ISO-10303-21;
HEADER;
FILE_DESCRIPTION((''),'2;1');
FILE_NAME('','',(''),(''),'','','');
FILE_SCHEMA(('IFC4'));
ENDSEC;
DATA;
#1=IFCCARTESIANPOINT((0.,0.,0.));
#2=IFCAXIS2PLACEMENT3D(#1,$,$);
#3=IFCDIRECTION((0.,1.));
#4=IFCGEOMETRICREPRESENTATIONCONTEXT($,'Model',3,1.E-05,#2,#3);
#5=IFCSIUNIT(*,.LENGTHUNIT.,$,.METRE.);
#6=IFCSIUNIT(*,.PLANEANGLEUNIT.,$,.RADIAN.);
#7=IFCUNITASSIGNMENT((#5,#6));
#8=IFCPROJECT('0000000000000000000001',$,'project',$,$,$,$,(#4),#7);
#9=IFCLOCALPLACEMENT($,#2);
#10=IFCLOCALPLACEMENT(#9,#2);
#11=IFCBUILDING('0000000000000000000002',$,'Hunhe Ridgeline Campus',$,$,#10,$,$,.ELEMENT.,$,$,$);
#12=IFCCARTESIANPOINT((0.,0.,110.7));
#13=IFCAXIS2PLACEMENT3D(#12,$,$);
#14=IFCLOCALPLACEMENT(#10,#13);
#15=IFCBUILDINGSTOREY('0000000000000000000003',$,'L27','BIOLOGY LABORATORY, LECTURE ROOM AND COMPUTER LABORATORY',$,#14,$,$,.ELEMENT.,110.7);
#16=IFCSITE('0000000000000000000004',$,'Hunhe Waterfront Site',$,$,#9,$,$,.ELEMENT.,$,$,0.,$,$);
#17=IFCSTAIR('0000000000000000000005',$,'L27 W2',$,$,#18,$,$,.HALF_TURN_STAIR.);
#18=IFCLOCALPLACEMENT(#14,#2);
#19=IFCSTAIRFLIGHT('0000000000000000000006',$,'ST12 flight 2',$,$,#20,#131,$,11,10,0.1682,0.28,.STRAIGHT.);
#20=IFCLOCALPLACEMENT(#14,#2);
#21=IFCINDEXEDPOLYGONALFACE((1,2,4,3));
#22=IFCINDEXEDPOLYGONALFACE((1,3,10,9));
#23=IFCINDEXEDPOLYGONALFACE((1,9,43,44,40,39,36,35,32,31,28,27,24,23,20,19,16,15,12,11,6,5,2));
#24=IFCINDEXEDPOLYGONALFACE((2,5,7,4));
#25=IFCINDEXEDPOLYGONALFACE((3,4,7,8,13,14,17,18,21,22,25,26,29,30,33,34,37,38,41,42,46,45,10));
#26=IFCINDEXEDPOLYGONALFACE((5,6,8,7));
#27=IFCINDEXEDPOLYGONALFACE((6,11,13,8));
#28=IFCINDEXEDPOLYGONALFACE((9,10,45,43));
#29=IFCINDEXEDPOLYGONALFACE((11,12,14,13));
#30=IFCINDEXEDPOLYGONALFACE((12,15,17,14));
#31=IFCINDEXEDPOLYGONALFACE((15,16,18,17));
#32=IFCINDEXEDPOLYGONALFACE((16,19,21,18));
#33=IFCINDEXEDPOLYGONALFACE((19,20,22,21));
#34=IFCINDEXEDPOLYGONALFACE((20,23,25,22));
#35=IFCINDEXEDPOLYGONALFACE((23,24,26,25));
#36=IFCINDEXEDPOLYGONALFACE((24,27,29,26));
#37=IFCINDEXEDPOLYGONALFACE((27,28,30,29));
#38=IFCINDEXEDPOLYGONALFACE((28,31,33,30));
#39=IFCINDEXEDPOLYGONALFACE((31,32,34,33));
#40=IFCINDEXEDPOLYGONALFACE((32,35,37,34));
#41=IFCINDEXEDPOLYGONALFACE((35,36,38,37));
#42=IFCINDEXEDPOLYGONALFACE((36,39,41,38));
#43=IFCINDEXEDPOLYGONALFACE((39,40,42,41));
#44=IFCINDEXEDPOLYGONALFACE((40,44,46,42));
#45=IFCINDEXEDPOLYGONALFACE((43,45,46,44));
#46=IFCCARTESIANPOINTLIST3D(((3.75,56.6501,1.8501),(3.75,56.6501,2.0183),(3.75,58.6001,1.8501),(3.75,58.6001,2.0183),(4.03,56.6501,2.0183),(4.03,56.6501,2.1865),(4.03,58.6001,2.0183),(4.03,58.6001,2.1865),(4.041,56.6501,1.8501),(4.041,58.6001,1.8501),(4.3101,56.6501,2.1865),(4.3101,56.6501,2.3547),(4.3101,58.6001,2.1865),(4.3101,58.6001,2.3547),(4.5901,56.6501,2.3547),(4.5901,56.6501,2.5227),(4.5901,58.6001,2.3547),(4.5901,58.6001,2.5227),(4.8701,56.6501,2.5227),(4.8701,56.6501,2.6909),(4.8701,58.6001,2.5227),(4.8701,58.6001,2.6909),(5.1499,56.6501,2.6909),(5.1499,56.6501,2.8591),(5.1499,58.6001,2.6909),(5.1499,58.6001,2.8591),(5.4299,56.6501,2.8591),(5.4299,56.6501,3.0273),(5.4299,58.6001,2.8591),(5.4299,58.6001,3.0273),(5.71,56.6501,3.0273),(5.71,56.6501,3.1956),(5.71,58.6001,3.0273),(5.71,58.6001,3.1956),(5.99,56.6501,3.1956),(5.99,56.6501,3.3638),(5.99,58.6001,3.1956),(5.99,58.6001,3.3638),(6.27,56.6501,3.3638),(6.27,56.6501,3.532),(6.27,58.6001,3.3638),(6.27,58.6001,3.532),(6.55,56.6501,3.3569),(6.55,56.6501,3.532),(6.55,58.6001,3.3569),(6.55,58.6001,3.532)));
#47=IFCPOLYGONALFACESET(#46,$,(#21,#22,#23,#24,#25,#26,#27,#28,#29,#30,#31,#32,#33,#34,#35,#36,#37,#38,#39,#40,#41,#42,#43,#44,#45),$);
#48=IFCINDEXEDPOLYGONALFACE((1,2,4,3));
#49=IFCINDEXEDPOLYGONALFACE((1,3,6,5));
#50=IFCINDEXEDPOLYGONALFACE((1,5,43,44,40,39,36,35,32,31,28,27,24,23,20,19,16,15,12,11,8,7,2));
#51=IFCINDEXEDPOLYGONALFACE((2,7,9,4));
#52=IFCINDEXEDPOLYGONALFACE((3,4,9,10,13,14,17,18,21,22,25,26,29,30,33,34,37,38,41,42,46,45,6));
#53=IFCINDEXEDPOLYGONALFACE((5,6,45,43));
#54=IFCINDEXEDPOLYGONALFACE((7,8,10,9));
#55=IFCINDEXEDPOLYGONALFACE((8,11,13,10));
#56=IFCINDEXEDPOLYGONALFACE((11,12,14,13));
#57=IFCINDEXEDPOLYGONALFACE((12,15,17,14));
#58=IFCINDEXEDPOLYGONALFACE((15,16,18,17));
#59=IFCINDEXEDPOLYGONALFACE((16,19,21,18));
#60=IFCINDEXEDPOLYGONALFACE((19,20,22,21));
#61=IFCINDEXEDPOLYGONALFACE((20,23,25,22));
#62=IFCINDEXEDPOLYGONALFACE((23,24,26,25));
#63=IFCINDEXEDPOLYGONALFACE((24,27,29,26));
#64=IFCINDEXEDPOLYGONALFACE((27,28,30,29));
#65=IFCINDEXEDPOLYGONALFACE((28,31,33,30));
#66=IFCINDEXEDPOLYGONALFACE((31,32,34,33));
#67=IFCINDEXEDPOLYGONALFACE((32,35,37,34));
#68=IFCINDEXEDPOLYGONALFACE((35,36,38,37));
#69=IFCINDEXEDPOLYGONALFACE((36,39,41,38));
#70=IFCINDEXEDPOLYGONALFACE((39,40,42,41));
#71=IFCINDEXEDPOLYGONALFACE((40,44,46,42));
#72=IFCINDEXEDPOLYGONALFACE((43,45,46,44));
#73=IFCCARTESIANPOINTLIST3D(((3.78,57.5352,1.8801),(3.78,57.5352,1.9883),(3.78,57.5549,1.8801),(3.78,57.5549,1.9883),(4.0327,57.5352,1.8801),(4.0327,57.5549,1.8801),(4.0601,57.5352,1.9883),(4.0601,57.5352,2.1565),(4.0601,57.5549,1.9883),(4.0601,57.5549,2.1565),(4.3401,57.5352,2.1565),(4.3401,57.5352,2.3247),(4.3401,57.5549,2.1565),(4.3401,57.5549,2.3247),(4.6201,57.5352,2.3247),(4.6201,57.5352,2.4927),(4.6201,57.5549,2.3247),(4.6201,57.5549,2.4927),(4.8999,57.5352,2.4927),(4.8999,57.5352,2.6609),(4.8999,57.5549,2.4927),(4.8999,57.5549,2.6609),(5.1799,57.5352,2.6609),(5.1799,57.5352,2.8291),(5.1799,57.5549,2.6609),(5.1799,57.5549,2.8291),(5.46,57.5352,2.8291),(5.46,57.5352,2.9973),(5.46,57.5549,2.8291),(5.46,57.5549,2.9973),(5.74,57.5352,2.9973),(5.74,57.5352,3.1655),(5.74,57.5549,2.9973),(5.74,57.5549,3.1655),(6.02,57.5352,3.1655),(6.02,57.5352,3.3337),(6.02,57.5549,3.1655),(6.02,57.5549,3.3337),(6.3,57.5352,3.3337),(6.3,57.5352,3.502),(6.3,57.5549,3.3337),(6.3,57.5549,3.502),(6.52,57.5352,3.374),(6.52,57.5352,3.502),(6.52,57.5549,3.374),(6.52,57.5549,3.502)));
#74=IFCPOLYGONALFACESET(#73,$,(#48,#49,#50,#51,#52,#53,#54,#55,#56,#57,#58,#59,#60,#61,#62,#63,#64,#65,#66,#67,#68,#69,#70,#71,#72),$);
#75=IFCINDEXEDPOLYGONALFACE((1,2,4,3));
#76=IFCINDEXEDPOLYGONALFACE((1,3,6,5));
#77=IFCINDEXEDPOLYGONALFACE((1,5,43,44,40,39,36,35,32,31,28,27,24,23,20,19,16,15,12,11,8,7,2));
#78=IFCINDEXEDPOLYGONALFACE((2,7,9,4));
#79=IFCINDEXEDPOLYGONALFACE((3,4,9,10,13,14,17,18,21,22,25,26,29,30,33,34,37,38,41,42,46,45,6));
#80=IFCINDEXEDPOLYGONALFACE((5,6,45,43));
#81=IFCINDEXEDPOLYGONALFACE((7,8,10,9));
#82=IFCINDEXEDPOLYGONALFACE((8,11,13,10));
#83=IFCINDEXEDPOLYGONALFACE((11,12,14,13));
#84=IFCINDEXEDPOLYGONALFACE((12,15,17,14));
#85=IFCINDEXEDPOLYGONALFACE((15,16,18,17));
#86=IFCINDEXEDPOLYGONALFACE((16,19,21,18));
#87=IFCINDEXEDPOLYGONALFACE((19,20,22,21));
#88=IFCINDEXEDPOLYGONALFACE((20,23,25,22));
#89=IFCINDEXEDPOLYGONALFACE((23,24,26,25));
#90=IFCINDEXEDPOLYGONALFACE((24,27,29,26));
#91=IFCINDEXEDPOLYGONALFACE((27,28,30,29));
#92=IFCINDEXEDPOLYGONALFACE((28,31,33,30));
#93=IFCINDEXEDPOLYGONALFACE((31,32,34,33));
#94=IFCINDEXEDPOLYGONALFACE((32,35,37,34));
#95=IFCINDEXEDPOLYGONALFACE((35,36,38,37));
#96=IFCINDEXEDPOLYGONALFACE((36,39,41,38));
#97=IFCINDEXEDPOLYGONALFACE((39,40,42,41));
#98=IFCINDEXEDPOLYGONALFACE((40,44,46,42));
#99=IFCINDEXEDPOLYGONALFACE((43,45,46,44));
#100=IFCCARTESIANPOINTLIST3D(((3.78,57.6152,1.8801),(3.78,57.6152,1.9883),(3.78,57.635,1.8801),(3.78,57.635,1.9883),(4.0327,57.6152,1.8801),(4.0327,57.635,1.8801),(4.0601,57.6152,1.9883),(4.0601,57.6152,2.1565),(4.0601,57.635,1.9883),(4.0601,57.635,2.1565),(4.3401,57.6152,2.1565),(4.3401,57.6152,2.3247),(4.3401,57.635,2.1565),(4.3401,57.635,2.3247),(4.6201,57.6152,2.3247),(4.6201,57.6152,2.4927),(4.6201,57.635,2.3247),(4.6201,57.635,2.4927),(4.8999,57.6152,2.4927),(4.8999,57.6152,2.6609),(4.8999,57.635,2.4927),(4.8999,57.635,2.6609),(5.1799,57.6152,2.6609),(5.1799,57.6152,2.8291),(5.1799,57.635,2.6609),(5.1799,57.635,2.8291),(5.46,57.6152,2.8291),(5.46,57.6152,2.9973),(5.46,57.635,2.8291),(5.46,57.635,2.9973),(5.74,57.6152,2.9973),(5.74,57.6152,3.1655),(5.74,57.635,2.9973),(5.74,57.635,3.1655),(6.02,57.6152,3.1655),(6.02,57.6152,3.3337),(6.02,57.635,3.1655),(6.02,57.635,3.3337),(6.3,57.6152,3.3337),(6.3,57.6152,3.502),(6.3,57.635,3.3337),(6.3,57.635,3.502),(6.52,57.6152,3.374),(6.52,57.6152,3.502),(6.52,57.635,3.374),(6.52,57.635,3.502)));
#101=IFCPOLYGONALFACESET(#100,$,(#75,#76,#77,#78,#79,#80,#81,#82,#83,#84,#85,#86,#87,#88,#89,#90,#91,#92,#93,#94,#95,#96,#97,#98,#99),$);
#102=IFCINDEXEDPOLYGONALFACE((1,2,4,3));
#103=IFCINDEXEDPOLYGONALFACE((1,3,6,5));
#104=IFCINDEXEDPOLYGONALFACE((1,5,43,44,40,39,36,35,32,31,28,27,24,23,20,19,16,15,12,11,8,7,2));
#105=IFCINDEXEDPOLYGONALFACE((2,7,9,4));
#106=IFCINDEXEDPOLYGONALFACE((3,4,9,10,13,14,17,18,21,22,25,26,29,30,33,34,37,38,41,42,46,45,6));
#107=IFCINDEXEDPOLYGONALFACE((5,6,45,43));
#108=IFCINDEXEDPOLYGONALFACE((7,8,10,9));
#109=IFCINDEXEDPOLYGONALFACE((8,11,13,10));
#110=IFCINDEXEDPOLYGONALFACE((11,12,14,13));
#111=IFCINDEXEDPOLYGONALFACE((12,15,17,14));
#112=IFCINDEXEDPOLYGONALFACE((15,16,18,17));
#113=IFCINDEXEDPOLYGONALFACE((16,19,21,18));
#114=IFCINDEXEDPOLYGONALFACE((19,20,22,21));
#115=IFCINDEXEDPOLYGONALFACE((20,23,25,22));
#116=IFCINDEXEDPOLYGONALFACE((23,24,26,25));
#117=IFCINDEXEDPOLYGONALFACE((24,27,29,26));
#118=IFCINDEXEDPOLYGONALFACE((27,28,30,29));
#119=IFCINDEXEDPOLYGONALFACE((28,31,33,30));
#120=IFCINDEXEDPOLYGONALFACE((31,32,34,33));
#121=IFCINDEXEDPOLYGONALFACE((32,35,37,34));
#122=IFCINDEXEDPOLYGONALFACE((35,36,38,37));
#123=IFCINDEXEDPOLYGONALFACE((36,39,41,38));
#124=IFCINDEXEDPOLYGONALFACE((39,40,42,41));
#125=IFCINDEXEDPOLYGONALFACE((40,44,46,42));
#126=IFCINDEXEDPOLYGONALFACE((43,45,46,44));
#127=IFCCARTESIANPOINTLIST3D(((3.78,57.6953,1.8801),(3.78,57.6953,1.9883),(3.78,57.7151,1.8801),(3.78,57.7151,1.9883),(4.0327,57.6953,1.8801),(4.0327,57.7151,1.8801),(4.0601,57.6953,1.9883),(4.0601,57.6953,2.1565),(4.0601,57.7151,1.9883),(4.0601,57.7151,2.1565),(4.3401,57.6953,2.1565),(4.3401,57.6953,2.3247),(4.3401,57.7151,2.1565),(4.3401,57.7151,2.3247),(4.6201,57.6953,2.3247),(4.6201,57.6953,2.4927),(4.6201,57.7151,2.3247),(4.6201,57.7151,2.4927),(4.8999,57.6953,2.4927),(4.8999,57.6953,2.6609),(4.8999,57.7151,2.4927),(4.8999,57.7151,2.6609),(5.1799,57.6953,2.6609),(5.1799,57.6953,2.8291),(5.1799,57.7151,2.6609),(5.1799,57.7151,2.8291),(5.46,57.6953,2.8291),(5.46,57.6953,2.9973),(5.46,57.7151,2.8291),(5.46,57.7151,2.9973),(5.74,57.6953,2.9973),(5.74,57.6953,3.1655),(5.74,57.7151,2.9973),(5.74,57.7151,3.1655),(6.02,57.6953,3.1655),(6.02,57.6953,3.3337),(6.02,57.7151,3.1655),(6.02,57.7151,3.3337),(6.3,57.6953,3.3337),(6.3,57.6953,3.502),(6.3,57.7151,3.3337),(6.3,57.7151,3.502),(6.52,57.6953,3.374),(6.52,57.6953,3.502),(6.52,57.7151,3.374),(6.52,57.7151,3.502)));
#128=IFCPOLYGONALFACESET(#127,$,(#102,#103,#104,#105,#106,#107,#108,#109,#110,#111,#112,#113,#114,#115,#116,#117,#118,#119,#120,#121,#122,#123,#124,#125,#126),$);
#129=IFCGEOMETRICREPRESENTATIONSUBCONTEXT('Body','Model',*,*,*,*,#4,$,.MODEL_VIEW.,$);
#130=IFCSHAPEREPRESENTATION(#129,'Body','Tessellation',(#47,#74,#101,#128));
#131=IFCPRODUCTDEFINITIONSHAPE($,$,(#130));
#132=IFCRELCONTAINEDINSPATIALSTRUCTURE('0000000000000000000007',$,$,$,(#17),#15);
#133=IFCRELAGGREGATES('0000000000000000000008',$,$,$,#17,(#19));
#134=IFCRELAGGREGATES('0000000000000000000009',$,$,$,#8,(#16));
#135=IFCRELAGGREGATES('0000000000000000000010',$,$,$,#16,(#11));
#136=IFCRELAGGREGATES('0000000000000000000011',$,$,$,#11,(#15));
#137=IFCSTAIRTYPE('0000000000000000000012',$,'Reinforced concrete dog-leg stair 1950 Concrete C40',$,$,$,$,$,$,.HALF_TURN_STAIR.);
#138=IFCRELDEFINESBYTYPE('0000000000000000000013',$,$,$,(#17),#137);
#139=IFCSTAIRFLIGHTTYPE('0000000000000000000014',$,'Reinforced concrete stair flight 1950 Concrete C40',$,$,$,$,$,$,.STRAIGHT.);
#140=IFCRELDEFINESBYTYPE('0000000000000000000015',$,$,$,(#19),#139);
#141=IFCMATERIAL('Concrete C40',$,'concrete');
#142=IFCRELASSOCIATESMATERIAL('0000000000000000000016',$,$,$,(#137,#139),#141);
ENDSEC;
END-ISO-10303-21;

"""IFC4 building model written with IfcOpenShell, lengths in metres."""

from ifc_helpers import new_model, si_unit, direction, frame, origin, place, context, subcontext, project, spatial, polyline, outline, extrude, material, type_object, element, aggregate, save


model = new_model("IFC4")

# Units and contexts
model_context = context("Model", 3, precision=1e-05, world=origin(), true_north=direction((0.0, 1.0)))
body_context = subcontext(model_context, "Body", "Model", "MODEL_VIEW")
ifc_project = project(units=[si_unit("LENGTHUNIT", "METRE"), si_unit("PLANEANGLEUNIT", "RADIAN")], contexts=[model_context])

# Site, building, storey
site_placement = place(None, origin())
site = spatial("IfcSite", under=ifc_project, at=site_placement, Name="Hunhe Waterfront Site", CompositionType="ELEMENT", RefElevation=0.0)
building_placement = place(site_placement, origin())
building = spatial("IfcBuilding", under=site, at=building_placement, Name="Hunhe Ridgeline Campus", CompositionType="ELEMENT")
storey_placement = place(building_placement, frame((0.0, 0.0, 110.7)))
storey = spatial("IfcBuildingStorey", under=building, at=storey_placement, Name="L27", Description="BIOLOGY LABORATORY, LECTURE ROOM AND COMPUTER LABORATORY", CompositionType="ELEMENT", Elevation=110.7)

# Shared definitions
ifc_material_1 = material(Name="Concrete C40", Category="concrete")
stair_type = type_object("IfcStairType", Name="Reinforced concrete dog-leg stair 1950 Concrete C40", PredefinedType="HALF_TURN_STAIR", material=ifc_material_1)
stair_flight_type = type_object("IfcStairFlightType", Name="Reinforced concrete stair flight 1950 Concrete C40", PredefinedType="STRAIGHT", material=ifc_material_1)

# Stair, stair flight
stair_1_placement = place(storey_placement, origin())
stair_1 = element("IfcStair", 1, at=stair_1_placement, inside=storey, type_object=stair_type, Name="L27 W2", PredefinedType="HALF_TURN_STAIR")
stair_flight_1_placement = place(storey_placement, frame((3.75, 57.625, 1.8501), z_axis=(0.0, 0.0, 1.0), x_axis=(1.0, 0.0, 0.0)))
stair_flight_1 = element("IfcStairFlight", 2, at=stair_flight_1_placement, type_object=stair_flight_type, Name="ST12 flight 2", NumberOfRisers=11, NumberOfTreads=10, PredefinedType="STRAIGHT", RiserHeight=0.1682, TreadLength=0.28, context=body_context, shape_type="SweptSolid", body=[
    extrude(outline(polyline([(0.0, 0.0), (0.0, 0.1682), (0.28, 0.1682), (0.28, 0.3364), (0.5601, 0.3364), (0.5601, 0.5046), (0.8401, 0.5046), (0.8401, 0.6726), (1.1201, 0.6726), (1.1201, 0.8408), (1.3999, 0.8408), (1.3999, 1.009), (1.6799, 1.009), (1.6799, 1.1772), (1.96, 1.1772), (1.96, 1.3455), (2.24, 1.3455), (2.24, 1.5137), (2.52, 1.5137), (2.52, 1.6819), (2.8, 1.6819), (2.8, 1.8501), (2.8, 1.5068), (0.291, 0.0), (0.0, 0.0)])), frame((0.0, 0.9751, 0.0), z_axis=(0.0, -1.0, 0.0), x_axis=(1.0, 0.0, 0.0)), (0.0, 0.0, 1.0), 1.95),
    extrude(outline(polyline([(0.03, 0.03), (0.03, 0.1382), (0.3101, 0.1382), (0.3101, 0.3064), (0.5901, 0.3064), (0.5901, 0.4746), (0.8701, 0.4746), (0.8701, 0.6426), (1.1499, 0.6426), (1.1499, 0.8108), (1.4299, 0.8108), (1.4299, 0.979), (1.71, 0.979), (1.71, 1.1472), (1.99, 1.1472), (1.99, 1.3154), (2.27, 1.3154), (2.27, 1.4836), (2.55, 1.4836), (2.55, 1.6519), (2.77, 1.6519), (2.77, 1.5239), (0.2827, 0.03), (0.03, 0.03)])), frame((0.0, -0.0701, 0.0), z_axis=(0.0, -1.0, 0.0), x_axis=(1.0, 0.0, 0.0)), (0.0, 0.0, 1.0), 0.0198),
    extrude(outline(polyline([(0.03, 0.03), (0.03, 0.1382), (0.3101, 0.1382), (0.3101, 0.3064), (0.5901, 0.3064), (0.5901, 0.4746), (0.8701, 0.4746), (0.8701, 0.6426), (1.1499, 0.6426), (1.1499, 0.8108), (1.4299, 0.8108), (1.4299, 0.979), (1.71, 0.979), (1.71, 1.1472), (1.99, 1.1472), (1.99, 1.3154), (2.27, 1.3154), (2.27, 1.4836), (2.55, 1.4836), (2.55, 1.6519), (2.77, 1.6519), (2.77, 1.5239), (0.2827, 0.03), (0.03, 0.03)])), frame((0.0, 0.01, 0.0), z_axis=(0.0, -1.0, 0.0), x_axis=(1.0, 0.0, 0.0)), (0.0, 0.0, 1.0), 0.0198),
    extrude(outline(polyline([(0.03, 0.03), (0.03, 0.1382), (0.3101, 0.1382), (0.3101, 0.3064), (0.5901, 0.3064), (0.5901, 0.4746), (0.8701, 0.4746), (0.8701, 0.6426), (1.1499, 0.6426), (1.1499, 0.8108), (1.4299, 0.8108), (1.4299, 0.979), (1.71, 0.979), (1.71, 1.1472), (1.99, 1.1472), (1.99, 1.3154), (2.27, 1.3154), (2.27, 1.4836), (2.55, 1.4836), (2.55, 1.6519), (2.77, 1.6519), (2.77, 1.5239), (0.2827, 0.03), (0.03, 0.03)])), frame((0.0, 0.0901, 0.0), z_axis=(0.0, -1.0, 0.0), x_axis=(1.0, 0.0, 0.0)), (0.0, 0.0, 1.0), 0.0198),
])
aggregate(stair_1, [stair_flight_1])

save(model, "model.ifc")
